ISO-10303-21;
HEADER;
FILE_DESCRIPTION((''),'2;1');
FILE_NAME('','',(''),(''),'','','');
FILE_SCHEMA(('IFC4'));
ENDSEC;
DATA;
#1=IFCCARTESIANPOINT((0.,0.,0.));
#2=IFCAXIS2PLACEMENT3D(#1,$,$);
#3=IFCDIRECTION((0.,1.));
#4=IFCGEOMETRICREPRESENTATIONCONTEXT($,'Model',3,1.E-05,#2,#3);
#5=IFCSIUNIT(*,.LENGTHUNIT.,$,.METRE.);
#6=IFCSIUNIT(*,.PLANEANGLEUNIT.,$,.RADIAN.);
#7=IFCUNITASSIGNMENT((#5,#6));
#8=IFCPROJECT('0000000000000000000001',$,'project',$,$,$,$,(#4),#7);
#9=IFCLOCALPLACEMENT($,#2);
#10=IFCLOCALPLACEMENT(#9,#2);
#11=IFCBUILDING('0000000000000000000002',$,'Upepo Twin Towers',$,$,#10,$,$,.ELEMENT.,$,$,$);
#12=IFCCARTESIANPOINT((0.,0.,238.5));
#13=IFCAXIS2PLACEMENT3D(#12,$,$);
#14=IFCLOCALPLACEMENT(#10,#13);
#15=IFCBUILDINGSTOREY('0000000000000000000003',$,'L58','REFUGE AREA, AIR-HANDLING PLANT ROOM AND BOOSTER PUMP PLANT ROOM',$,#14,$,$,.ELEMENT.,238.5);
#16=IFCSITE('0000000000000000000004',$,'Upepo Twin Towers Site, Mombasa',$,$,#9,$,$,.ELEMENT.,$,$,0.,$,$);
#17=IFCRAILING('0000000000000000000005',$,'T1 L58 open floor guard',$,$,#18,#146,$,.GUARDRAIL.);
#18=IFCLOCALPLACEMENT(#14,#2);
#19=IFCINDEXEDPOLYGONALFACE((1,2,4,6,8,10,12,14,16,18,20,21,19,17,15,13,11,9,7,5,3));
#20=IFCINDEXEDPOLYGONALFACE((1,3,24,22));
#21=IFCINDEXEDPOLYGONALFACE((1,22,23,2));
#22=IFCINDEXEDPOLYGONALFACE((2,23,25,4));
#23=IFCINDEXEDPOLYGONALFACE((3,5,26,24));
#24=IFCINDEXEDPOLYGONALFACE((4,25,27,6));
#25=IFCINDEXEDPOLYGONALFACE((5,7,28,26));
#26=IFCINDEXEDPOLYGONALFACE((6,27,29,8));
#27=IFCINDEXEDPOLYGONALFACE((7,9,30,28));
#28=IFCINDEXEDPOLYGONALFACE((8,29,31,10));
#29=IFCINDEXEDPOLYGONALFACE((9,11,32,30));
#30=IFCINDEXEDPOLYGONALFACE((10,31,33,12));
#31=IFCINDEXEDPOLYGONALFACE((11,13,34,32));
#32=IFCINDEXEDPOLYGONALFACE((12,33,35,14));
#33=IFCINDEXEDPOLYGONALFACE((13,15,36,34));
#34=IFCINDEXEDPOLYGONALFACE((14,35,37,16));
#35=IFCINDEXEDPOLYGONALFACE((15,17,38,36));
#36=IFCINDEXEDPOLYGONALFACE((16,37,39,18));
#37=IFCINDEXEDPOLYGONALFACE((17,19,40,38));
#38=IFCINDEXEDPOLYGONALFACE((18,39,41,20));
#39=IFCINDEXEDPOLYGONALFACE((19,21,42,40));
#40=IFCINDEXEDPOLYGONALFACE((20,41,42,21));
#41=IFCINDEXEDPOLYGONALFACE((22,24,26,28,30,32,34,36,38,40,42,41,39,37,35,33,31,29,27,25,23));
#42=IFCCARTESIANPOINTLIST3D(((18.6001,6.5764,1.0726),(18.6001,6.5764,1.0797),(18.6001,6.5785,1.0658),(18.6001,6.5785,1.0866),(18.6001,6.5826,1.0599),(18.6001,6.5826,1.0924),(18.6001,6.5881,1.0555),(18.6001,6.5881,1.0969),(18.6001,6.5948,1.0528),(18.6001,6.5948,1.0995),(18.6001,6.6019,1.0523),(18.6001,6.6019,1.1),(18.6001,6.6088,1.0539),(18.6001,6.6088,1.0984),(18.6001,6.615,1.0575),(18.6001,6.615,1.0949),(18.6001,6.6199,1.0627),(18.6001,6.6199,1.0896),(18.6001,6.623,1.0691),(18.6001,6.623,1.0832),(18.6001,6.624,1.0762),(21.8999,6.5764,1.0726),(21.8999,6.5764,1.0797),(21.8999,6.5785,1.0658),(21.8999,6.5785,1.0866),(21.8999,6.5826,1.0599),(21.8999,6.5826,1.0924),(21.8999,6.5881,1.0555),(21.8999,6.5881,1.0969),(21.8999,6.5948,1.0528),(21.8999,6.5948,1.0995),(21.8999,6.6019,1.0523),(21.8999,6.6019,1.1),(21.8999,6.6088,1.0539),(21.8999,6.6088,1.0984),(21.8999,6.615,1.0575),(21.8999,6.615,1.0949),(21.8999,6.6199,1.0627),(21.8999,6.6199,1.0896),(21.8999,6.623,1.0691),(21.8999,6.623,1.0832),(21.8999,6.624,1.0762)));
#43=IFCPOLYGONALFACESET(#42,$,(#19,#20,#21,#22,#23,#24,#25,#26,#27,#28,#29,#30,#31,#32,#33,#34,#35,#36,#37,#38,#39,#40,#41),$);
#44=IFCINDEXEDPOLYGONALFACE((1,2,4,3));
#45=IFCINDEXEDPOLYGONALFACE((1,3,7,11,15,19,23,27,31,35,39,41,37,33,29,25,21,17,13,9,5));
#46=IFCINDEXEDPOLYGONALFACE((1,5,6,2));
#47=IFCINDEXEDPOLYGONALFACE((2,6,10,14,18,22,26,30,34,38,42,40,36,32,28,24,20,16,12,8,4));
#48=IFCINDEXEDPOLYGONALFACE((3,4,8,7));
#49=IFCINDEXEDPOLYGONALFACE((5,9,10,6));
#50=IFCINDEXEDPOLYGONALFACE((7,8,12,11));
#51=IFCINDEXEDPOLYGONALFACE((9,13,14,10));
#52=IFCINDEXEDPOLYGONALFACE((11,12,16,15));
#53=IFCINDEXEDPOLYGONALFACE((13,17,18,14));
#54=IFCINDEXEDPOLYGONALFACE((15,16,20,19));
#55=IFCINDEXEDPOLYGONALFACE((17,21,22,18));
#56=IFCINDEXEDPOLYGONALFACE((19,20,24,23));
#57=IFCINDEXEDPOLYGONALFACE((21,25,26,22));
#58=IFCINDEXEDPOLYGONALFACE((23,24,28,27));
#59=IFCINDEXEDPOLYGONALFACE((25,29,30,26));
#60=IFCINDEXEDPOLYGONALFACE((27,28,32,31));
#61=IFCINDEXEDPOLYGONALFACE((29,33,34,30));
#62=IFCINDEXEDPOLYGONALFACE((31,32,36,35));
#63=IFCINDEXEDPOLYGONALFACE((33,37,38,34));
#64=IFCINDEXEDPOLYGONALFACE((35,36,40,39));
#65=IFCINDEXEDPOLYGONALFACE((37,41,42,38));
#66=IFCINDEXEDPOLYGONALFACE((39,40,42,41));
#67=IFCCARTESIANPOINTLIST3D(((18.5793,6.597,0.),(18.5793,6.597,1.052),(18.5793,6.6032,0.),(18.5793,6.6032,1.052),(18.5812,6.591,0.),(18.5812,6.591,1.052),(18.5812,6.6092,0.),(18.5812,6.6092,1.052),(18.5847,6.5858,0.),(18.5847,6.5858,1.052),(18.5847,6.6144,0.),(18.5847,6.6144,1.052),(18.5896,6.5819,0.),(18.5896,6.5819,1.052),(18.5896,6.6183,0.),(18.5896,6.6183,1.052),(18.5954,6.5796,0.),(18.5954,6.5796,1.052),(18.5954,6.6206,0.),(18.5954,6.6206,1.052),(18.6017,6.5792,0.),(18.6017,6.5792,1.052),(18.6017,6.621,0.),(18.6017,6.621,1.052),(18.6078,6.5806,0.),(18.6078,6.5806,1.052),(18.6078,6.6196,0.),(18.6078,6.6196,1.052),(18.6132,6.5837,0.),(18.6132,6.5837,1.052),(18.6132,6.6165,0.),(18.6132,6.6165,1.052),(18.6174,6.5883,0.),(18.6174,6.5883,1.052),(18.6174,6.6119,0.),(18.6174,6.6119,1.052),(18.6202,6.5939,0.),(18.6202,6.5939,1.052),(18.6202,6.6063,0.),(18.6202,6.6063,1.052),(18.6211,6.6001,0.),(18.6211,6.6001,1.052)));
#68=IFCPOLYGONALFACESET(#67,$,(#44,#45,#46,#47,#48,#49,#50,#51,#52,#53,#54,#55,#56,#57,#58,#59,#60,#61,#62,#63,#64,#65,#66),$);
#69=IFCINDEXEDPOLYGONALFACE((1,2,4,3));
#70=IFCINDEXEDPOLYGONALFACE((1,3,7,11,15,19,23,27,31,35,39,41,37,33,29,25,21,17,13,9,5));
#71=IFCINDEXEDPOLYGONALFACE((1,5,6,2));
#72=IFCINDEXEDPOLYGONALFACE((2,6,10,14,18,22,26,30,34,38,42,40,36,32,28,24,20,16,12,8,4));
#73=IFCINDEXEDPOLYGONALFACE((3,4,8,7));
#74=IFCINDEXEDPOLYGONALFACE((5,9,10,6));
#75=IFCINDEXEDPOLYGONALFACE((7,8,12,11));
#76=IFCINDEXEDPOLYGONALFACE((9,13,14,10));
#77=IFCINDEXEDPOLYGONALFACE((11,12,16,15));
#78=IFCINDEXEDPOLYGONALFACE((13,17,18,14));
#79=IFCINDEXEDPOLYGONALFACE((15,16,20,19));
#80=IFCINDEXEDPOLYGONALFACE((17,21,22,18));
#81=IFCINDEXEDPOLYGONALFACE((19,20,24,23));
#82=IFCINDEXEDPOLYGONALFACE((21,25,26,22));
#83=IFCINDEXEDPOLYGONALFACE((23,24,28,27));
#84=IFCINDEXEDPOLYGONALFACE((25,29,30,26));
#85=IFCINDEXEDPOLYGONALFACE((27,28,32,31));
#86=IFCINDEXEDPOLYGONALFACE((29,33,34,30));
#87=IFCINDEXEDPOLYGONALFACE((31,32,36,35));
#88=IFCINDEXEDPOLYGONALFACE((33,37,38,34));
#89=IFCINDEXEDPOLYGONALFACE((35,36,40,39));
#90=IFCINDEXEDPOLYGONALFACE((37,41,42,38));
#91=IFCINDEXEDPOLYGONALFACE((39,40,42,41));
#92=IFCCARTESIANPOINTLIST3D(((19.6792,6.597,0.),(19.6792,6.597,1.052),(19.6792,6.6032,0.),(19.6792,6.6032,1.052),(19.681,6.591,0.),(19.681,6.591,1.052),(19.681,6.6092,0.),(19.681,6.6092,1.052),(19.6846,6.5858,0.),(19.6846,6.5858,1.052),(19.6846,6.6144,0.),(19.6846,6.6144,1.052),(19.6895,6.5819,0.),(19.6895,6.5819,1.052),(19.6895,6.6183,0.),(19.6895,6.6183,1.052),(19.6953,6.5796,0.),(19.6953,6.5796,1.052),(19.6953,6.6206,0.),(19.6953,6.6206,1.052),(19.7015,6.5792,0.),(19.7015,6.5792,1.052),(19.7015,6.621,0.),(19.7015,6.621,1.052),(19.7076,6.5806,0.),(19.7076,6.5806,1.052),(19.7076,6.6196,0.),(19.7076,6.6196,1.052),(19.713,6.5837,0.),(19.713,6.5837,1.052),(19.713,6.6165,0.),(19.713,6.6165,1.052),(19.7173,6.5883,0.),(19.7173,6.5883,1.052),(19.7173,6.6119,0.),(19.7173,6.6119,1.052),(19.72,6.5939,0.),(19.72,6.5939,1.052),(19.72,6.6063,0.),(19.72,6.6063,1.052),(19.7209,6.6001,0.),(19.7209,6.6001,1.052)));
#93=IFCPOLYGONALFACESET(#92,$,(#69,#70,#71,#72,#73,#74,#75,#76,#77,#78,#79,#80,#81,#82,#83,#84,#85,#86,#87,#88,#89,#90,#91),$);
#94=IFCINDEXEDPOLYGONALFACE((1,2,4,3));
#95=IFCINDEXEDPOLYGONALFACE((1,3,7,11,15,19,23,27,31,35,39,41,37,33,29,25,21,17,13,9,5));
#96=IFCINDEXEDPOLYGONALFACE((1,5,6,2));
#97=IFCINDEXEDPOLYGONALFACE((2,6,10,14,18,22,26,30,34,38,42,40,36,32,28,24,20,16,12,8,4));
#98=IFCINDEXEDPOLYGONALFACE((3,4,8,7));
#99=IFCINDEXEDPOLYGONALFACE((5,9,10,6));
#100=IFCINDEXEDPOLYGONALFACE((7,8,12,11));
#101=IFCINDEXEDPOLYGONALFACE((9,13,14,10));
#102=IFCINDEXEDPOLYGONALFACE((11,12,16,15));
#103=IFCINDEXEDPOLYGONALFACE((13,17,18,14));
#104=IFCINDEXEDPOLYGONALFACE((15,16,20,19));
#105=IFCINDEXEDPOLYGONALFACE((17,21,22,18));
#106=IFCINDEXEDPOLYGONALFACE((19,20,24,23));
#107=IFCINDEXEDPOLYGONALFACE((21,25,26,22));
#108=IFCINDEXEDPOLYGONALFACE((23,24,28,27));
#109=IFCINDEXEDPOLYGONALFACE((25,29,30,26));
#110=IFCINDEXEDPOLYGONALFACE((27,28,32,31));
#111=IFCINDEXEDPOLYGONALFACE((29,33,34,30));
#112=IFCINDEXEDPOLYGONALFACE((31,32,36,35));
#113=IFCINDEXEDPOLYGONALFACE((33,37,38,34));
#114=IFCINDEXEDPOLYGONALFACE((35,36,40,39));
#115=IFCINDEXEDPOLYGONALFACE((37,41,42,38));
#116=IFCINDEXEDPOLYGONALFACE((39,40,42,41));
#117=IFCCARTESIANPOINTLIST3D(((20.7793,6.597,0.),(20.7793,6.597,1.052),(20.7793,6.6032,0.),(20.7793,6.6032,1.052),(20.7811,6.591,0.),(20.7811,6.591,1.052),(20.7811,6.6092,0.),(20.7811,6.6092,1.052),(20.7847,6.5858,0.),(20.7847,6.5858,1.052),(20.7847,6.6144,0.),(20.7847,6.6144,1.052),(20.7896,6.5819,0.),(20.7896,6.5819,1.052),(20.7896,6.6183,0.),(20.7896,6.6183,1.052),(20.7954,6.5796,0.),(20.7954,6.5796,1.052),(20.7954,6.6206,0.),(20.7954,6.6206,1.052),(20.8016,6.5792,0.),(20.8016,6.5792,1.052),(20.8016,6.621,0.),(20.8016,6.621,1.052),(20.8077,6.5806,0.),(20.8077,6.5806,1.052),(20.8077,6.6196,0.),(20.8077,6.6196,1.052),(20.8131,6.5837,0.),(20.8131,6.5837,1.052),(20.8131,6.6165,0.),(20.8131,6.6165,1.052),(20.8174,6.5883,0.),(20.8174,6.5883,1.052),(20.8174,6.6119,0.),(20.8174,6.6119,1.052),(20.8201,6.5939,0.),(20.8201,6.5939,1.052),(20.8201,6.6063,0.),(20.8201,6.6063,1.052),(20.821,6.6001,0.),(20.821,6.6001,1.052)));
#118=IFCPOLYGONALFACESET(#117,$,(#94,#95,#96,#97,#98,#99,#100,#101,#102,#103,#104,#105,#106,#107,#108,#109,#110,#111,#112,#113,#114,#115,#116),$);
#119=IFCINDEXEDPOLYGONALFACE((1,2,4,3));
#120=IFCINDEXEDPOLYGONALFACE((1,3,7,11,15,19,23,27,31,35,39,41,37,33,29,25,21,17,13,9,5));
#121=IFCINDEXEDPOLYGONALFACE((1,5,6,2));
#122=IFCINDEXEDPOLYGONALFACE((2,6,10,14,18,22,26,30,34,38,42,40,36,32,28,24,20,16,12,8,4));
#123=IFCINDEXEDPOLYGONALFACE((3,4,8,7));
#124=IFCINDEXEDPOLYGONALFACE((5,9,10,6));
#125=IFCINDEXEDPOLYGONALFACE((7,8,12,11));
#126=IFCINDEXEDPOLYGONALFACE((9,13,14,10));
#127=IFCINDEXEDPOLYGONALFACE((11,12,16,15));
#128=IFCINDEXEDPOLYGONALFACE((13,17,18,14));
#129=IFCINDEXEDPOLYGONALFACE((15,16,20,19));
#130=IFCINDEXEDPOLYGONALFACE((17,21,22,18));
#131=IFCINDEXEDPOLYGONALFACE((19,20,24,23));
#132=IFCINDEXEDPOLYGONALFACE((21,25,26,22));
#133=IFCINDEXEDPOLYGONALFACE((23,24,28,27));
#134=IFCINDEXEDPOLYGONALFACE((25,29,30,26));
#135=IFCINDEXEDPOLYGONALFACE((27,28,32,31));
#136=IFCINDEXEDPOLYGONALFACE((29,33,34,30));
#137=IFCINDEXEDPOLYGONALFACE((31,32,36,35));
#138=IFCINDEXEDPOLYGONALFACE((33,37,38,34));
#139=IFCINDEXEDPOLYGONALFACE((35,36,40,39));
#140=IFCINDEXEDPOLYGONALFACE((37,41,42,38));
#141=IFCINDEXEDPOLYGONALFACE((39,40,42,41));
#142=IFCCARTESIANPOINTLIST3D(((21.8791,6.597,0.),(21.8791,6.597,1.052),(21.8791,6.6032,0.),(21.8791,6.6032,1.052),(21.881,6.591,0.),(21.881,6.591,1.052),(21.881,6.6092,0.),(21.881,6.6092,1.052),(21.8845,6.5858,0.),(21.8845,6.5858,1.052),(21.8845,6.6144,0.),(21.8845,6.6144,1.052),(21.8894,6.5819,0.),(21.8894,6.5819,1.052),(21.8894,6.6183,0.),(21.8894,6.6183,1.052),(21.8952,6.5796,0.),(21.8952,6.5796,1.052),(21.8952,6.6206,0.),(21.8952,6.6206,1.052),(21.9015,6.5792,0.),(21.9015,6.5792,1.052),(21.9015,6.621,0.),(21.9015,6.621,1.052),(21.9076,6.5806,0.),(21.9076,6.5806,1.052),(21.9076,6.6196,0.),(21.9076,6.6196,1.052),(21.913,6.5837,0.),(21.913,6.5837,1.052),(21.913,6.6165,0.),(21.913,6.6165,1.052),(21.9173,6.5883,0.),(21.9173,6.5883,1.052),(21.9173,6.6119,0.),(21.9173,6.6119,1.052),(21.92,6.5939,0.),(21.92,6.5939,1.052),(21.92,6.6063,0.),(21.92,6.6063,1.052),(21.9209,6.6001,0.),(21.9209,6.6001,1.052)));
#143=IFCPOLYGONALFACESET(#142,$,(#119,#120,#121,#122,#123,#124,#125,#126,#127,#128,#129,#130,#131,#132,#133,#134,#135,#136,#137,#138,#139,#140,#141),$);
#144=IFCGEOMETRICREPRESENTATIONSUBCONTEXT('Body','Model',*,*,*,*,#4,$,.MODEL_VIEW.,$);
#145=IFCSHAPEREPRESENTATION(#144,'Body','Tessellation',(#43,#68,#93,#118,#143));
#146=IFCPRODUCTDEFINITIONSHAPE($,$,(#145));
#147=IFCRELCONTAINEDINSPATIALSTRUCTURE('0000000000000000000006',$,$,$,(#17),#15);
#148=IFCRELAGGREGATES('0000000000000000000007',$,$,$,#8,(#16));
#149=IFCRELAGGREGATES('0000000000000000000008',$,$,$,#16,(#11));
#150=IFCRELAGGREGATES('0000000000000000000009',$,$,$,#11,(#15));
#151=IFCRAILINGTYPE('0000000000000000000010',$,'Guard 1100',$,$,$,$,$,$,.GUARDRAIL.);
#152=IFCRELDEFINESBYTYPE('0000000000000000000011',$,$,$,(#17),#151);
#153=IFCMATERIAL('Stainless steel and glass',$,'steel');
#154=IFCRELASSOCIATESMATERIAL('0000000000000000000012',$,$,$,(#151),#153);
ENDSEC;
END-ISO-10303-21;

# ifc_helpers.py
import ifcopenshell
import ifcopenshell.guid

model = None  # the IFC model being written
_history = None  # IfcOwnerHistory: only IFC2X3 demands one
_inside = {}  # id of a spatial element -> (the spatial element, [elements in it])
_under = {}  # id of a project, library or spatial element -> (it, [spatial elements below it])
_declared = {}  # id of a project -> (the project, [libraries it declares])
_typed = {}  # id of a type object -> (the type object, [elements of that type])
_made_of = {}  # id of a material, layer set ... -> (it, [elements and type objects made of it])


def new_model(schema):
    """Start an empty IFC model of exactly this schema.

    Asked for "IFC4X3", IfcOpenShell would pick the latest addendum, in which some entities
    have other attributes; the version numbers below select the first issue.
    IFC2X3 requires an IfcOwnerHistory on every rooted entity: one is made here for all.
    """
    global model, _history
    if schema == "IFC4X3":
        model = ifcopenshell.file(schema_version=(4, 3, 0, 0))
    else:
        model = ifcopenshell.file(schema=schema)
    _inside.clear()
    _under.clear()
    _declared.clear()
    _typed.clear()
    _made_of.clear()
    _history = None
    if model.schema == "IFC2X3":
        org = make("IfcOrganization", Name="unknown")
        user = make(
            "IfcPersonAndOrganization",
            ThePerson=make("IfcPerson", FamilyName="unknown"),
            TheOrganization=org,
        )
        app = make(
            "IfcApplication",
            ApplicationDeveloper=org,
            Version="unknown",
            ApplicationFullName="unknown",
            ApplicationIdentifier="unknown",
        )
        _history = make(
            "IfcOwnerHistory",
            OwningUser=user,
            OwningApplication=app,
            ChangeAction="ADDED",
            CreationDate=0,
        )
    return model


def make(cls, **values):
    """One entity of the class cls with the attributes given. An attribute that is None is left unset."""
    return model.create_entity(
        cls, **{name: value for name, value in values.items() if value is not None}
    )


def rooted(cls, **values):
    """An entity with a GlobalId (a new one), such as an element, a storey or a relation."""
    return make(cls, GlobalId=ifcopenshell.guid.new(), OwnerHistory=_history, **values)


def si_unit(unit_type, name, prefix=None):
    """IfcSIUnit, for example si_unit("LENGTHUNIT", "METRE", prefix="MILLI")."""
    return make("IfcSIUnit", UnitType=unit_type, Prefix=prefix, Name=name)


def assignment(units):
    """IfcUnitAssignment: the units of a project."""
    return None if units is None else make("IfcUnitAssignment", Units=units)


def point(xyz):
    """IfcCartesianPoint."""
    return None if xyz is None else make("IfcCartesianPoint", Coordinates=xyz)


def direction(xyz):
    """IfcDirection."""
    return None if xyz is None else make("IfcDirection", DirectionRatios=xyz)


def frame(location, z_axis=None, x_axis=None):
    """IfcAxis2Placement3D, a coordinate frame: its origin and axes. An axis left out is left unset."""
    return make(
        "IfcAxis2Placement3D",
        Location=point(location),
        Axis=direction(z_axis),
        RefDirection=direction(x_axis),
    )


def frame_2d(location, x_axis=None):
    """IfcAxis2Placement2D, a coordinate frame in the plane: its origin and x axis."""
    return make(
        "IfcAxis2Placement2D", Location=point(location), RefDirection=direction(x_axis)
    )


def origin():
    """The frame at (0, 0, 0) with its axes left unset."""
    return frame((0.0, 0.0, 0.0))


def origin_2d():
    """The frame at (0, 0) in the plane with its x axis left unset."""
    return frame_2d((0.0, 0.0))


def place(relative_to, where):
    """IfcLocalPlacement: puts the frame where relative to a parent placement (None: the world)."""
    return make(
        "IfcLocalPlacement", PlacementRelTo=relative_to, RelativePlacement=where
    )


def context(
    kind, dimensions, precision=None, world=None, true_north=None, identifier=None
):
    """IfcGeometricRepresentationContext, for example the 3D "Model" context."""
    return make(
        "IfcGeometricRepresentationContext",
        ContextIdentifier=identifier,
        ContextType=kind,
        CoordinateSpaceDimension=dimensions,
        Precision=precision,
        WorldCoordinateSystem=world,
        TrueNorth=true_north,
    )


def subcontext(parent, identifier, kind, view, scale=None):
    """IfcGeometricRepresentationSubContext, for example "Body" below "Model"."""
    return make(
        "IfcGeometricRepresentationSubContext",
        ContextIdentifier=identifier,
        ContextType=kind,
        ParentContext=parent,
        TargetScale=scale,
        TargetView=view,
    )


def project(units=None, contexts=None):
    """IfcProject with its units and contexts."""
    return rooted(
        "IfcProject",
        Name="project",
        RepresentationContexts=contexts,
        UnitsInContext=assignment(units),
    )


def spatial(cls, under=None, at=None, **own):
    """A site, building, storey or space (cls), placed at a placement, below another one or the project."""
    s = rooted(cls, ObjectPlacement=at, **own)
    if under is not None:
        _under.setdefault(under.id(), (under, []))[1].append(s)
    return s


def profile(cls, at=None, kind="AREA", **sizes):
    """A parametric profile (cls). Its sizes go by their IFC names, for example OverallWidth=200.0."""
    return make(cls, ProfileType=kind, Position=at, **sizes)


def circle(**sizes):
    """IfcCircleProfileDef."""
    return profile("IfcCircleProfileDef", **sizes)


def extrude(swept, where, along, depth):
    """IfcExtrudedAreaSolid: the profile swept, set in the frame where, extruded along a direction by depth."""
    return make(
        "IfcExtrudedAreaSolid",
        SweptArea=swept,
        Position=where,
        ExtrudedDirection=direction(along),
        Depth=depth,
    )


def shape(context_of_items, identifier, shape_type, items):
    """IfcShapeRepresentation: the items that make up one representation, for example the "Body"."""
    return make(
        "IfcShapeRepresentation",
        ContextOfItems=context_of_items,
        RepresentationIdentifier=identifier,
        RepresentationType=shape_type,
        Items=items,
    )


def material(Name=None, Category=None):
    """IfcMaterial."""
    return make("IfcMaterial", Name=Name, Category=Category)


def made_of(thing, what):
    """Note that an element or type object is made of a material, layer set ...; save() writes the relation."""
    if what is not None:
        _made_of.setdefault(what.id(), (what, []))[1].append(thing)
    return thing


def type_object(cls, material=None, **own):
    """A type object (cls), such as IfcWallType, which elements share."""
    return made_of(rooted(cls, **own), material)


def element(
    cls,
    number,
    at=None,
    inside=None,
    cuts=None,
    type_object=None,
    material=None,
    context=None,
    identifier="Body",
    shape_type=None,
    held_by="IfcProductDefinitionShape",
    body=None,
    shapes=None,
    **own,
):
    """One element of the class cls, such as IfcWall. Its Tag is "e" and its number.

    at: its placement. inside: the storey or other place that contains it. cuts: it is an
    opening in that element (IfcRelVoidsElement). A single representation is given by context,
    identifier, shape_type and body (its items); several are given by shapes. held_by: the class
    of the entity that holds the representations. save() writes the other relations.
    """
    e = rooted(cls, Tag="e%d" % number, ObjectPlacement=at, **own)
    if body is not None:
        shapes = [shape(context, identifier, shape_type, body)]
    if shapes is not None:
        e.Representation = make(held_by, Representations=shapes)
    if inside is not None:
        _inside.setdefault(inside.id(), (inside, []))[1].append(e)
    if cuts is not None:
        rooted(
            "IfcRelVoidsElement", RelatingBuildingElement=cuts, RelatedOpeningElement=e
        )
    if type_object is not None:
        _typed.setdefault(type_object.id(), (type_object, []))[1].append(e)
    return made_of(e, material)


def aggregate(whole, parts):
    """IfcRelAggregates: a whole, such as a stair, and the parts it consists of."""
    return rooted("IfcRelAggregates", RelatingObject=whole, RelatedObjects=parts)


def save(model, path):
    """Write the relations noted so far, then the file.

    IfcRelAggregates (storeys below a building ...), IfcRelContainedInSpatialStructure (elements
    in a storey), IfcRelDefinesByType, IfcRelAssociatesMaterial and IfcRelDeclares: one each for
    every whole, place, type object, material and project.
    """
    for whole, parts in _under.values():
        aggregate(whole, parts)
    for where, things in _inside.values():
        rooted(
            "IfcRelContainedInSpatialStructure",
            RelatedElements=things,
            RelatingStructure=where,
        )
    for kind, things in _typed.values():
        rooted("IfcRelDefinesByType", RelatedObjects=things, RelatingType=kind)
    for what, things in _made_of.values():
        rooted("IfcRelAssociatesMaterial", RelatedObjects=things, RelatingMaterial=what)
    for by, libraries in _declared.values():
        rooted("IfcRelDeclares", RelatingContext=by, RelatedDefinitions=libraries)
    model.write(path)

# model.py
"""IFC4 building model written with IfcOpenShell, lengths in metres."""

from ifc_helpers import new_model, si_unit, direction, frame, origin, origin_2d, place, context, subcontext, project, spatial, circle, extrude, material, type_object, element, save


model = new_model("IFC4")

# Units and contexts
model_context = context("Model", 3, precision=1e-05, world=origin(), true_north=direction((0.0, 1.0)))
body_context = subcontext(model_context, "Body", "Model", "MODEL_VIEW")
ifc_project = project(units=[si_unit("LENGTHUNIT", "METRE"), si_unit("PLANEANGLEUNIT", "RADIAN")], contexts=[model_context])

# Site, building, storey
site_placement = place(None, origin())
site = spatial("IfcSite", under=ifc_project, at=site_placement, Name="Upepo Twin Towers Site, Mombasa", CompositionType="ELEMENT", RefElevation=0.0)
building_placement = place(site_placement, origin())
building = spatial("IfcBuilding", under=site, at=building_placement, Name="Upepo Twin Towers", CompositionType="ELEMENT")
storey_placement = place(building_placement, frame((0.0, 0.0, 238.5)))
storey = spatial("IfcBuildingStorey", under=building, at=storey_placement, Name="L58", Description="REFUGE AREA, AIR-HANDLING PLANT ROOM AND BOOSTER PUMP PLANT ROOM", CompositionType="ELEMENT", Elevation=238.5)

# Railing
ifc_material_1 = material(Name="Stainless steel and glass", Category="steel")
railing_type = type_object("IfcRailingType", Name="Guard 1100", PredefinedType="GUARDRAIL", material=ifc_material_1)
for number, where, name in (
    (1, (18.6001, 6.6001, 0.0), "T1 L58 open floor guard"),
):
    element("IfcRailing", number, at=place(storey_placement, frame(where)), inside=storey, type_object=railing_type, Name=name, PredefinedType="GUARDRAIL", context=body_context, shape_type="SweptSolid", body=[
        extrude(circle(Radius=0.0239, at=origin_2d()), frame((0.0, 0.0, 1.0762), z_axis=(1.0, 0.0, 0.0), x_axis=(0.0, 1.0, 0.0)), (0.0, 0.0, 1.0), 3.2998),
        extrude(circle(Radius=0.021, at=origin_2d()), origin(), (0.0, 0.0, 1.0), 1.052),
        extrude(circle(Radius=0.021, at=origin_2d()), frame((1.0999, 0.0, 0.0)), (0.0, 0.0, 1.0), 1.052),
        extrude(circle(Radius=0.021, at=origin_2d()), frame((2.2, 0.0, 0.0)), (0.0, 0.0, 1.0), 1.052),
        extrude(circle(Radius=0.021, at=origin_2d()), frame((3.2998, 0.0, 0.0)), (0.0, 0.0, 1.0), 1.052),
    ])

save(model, "model.ifc")
